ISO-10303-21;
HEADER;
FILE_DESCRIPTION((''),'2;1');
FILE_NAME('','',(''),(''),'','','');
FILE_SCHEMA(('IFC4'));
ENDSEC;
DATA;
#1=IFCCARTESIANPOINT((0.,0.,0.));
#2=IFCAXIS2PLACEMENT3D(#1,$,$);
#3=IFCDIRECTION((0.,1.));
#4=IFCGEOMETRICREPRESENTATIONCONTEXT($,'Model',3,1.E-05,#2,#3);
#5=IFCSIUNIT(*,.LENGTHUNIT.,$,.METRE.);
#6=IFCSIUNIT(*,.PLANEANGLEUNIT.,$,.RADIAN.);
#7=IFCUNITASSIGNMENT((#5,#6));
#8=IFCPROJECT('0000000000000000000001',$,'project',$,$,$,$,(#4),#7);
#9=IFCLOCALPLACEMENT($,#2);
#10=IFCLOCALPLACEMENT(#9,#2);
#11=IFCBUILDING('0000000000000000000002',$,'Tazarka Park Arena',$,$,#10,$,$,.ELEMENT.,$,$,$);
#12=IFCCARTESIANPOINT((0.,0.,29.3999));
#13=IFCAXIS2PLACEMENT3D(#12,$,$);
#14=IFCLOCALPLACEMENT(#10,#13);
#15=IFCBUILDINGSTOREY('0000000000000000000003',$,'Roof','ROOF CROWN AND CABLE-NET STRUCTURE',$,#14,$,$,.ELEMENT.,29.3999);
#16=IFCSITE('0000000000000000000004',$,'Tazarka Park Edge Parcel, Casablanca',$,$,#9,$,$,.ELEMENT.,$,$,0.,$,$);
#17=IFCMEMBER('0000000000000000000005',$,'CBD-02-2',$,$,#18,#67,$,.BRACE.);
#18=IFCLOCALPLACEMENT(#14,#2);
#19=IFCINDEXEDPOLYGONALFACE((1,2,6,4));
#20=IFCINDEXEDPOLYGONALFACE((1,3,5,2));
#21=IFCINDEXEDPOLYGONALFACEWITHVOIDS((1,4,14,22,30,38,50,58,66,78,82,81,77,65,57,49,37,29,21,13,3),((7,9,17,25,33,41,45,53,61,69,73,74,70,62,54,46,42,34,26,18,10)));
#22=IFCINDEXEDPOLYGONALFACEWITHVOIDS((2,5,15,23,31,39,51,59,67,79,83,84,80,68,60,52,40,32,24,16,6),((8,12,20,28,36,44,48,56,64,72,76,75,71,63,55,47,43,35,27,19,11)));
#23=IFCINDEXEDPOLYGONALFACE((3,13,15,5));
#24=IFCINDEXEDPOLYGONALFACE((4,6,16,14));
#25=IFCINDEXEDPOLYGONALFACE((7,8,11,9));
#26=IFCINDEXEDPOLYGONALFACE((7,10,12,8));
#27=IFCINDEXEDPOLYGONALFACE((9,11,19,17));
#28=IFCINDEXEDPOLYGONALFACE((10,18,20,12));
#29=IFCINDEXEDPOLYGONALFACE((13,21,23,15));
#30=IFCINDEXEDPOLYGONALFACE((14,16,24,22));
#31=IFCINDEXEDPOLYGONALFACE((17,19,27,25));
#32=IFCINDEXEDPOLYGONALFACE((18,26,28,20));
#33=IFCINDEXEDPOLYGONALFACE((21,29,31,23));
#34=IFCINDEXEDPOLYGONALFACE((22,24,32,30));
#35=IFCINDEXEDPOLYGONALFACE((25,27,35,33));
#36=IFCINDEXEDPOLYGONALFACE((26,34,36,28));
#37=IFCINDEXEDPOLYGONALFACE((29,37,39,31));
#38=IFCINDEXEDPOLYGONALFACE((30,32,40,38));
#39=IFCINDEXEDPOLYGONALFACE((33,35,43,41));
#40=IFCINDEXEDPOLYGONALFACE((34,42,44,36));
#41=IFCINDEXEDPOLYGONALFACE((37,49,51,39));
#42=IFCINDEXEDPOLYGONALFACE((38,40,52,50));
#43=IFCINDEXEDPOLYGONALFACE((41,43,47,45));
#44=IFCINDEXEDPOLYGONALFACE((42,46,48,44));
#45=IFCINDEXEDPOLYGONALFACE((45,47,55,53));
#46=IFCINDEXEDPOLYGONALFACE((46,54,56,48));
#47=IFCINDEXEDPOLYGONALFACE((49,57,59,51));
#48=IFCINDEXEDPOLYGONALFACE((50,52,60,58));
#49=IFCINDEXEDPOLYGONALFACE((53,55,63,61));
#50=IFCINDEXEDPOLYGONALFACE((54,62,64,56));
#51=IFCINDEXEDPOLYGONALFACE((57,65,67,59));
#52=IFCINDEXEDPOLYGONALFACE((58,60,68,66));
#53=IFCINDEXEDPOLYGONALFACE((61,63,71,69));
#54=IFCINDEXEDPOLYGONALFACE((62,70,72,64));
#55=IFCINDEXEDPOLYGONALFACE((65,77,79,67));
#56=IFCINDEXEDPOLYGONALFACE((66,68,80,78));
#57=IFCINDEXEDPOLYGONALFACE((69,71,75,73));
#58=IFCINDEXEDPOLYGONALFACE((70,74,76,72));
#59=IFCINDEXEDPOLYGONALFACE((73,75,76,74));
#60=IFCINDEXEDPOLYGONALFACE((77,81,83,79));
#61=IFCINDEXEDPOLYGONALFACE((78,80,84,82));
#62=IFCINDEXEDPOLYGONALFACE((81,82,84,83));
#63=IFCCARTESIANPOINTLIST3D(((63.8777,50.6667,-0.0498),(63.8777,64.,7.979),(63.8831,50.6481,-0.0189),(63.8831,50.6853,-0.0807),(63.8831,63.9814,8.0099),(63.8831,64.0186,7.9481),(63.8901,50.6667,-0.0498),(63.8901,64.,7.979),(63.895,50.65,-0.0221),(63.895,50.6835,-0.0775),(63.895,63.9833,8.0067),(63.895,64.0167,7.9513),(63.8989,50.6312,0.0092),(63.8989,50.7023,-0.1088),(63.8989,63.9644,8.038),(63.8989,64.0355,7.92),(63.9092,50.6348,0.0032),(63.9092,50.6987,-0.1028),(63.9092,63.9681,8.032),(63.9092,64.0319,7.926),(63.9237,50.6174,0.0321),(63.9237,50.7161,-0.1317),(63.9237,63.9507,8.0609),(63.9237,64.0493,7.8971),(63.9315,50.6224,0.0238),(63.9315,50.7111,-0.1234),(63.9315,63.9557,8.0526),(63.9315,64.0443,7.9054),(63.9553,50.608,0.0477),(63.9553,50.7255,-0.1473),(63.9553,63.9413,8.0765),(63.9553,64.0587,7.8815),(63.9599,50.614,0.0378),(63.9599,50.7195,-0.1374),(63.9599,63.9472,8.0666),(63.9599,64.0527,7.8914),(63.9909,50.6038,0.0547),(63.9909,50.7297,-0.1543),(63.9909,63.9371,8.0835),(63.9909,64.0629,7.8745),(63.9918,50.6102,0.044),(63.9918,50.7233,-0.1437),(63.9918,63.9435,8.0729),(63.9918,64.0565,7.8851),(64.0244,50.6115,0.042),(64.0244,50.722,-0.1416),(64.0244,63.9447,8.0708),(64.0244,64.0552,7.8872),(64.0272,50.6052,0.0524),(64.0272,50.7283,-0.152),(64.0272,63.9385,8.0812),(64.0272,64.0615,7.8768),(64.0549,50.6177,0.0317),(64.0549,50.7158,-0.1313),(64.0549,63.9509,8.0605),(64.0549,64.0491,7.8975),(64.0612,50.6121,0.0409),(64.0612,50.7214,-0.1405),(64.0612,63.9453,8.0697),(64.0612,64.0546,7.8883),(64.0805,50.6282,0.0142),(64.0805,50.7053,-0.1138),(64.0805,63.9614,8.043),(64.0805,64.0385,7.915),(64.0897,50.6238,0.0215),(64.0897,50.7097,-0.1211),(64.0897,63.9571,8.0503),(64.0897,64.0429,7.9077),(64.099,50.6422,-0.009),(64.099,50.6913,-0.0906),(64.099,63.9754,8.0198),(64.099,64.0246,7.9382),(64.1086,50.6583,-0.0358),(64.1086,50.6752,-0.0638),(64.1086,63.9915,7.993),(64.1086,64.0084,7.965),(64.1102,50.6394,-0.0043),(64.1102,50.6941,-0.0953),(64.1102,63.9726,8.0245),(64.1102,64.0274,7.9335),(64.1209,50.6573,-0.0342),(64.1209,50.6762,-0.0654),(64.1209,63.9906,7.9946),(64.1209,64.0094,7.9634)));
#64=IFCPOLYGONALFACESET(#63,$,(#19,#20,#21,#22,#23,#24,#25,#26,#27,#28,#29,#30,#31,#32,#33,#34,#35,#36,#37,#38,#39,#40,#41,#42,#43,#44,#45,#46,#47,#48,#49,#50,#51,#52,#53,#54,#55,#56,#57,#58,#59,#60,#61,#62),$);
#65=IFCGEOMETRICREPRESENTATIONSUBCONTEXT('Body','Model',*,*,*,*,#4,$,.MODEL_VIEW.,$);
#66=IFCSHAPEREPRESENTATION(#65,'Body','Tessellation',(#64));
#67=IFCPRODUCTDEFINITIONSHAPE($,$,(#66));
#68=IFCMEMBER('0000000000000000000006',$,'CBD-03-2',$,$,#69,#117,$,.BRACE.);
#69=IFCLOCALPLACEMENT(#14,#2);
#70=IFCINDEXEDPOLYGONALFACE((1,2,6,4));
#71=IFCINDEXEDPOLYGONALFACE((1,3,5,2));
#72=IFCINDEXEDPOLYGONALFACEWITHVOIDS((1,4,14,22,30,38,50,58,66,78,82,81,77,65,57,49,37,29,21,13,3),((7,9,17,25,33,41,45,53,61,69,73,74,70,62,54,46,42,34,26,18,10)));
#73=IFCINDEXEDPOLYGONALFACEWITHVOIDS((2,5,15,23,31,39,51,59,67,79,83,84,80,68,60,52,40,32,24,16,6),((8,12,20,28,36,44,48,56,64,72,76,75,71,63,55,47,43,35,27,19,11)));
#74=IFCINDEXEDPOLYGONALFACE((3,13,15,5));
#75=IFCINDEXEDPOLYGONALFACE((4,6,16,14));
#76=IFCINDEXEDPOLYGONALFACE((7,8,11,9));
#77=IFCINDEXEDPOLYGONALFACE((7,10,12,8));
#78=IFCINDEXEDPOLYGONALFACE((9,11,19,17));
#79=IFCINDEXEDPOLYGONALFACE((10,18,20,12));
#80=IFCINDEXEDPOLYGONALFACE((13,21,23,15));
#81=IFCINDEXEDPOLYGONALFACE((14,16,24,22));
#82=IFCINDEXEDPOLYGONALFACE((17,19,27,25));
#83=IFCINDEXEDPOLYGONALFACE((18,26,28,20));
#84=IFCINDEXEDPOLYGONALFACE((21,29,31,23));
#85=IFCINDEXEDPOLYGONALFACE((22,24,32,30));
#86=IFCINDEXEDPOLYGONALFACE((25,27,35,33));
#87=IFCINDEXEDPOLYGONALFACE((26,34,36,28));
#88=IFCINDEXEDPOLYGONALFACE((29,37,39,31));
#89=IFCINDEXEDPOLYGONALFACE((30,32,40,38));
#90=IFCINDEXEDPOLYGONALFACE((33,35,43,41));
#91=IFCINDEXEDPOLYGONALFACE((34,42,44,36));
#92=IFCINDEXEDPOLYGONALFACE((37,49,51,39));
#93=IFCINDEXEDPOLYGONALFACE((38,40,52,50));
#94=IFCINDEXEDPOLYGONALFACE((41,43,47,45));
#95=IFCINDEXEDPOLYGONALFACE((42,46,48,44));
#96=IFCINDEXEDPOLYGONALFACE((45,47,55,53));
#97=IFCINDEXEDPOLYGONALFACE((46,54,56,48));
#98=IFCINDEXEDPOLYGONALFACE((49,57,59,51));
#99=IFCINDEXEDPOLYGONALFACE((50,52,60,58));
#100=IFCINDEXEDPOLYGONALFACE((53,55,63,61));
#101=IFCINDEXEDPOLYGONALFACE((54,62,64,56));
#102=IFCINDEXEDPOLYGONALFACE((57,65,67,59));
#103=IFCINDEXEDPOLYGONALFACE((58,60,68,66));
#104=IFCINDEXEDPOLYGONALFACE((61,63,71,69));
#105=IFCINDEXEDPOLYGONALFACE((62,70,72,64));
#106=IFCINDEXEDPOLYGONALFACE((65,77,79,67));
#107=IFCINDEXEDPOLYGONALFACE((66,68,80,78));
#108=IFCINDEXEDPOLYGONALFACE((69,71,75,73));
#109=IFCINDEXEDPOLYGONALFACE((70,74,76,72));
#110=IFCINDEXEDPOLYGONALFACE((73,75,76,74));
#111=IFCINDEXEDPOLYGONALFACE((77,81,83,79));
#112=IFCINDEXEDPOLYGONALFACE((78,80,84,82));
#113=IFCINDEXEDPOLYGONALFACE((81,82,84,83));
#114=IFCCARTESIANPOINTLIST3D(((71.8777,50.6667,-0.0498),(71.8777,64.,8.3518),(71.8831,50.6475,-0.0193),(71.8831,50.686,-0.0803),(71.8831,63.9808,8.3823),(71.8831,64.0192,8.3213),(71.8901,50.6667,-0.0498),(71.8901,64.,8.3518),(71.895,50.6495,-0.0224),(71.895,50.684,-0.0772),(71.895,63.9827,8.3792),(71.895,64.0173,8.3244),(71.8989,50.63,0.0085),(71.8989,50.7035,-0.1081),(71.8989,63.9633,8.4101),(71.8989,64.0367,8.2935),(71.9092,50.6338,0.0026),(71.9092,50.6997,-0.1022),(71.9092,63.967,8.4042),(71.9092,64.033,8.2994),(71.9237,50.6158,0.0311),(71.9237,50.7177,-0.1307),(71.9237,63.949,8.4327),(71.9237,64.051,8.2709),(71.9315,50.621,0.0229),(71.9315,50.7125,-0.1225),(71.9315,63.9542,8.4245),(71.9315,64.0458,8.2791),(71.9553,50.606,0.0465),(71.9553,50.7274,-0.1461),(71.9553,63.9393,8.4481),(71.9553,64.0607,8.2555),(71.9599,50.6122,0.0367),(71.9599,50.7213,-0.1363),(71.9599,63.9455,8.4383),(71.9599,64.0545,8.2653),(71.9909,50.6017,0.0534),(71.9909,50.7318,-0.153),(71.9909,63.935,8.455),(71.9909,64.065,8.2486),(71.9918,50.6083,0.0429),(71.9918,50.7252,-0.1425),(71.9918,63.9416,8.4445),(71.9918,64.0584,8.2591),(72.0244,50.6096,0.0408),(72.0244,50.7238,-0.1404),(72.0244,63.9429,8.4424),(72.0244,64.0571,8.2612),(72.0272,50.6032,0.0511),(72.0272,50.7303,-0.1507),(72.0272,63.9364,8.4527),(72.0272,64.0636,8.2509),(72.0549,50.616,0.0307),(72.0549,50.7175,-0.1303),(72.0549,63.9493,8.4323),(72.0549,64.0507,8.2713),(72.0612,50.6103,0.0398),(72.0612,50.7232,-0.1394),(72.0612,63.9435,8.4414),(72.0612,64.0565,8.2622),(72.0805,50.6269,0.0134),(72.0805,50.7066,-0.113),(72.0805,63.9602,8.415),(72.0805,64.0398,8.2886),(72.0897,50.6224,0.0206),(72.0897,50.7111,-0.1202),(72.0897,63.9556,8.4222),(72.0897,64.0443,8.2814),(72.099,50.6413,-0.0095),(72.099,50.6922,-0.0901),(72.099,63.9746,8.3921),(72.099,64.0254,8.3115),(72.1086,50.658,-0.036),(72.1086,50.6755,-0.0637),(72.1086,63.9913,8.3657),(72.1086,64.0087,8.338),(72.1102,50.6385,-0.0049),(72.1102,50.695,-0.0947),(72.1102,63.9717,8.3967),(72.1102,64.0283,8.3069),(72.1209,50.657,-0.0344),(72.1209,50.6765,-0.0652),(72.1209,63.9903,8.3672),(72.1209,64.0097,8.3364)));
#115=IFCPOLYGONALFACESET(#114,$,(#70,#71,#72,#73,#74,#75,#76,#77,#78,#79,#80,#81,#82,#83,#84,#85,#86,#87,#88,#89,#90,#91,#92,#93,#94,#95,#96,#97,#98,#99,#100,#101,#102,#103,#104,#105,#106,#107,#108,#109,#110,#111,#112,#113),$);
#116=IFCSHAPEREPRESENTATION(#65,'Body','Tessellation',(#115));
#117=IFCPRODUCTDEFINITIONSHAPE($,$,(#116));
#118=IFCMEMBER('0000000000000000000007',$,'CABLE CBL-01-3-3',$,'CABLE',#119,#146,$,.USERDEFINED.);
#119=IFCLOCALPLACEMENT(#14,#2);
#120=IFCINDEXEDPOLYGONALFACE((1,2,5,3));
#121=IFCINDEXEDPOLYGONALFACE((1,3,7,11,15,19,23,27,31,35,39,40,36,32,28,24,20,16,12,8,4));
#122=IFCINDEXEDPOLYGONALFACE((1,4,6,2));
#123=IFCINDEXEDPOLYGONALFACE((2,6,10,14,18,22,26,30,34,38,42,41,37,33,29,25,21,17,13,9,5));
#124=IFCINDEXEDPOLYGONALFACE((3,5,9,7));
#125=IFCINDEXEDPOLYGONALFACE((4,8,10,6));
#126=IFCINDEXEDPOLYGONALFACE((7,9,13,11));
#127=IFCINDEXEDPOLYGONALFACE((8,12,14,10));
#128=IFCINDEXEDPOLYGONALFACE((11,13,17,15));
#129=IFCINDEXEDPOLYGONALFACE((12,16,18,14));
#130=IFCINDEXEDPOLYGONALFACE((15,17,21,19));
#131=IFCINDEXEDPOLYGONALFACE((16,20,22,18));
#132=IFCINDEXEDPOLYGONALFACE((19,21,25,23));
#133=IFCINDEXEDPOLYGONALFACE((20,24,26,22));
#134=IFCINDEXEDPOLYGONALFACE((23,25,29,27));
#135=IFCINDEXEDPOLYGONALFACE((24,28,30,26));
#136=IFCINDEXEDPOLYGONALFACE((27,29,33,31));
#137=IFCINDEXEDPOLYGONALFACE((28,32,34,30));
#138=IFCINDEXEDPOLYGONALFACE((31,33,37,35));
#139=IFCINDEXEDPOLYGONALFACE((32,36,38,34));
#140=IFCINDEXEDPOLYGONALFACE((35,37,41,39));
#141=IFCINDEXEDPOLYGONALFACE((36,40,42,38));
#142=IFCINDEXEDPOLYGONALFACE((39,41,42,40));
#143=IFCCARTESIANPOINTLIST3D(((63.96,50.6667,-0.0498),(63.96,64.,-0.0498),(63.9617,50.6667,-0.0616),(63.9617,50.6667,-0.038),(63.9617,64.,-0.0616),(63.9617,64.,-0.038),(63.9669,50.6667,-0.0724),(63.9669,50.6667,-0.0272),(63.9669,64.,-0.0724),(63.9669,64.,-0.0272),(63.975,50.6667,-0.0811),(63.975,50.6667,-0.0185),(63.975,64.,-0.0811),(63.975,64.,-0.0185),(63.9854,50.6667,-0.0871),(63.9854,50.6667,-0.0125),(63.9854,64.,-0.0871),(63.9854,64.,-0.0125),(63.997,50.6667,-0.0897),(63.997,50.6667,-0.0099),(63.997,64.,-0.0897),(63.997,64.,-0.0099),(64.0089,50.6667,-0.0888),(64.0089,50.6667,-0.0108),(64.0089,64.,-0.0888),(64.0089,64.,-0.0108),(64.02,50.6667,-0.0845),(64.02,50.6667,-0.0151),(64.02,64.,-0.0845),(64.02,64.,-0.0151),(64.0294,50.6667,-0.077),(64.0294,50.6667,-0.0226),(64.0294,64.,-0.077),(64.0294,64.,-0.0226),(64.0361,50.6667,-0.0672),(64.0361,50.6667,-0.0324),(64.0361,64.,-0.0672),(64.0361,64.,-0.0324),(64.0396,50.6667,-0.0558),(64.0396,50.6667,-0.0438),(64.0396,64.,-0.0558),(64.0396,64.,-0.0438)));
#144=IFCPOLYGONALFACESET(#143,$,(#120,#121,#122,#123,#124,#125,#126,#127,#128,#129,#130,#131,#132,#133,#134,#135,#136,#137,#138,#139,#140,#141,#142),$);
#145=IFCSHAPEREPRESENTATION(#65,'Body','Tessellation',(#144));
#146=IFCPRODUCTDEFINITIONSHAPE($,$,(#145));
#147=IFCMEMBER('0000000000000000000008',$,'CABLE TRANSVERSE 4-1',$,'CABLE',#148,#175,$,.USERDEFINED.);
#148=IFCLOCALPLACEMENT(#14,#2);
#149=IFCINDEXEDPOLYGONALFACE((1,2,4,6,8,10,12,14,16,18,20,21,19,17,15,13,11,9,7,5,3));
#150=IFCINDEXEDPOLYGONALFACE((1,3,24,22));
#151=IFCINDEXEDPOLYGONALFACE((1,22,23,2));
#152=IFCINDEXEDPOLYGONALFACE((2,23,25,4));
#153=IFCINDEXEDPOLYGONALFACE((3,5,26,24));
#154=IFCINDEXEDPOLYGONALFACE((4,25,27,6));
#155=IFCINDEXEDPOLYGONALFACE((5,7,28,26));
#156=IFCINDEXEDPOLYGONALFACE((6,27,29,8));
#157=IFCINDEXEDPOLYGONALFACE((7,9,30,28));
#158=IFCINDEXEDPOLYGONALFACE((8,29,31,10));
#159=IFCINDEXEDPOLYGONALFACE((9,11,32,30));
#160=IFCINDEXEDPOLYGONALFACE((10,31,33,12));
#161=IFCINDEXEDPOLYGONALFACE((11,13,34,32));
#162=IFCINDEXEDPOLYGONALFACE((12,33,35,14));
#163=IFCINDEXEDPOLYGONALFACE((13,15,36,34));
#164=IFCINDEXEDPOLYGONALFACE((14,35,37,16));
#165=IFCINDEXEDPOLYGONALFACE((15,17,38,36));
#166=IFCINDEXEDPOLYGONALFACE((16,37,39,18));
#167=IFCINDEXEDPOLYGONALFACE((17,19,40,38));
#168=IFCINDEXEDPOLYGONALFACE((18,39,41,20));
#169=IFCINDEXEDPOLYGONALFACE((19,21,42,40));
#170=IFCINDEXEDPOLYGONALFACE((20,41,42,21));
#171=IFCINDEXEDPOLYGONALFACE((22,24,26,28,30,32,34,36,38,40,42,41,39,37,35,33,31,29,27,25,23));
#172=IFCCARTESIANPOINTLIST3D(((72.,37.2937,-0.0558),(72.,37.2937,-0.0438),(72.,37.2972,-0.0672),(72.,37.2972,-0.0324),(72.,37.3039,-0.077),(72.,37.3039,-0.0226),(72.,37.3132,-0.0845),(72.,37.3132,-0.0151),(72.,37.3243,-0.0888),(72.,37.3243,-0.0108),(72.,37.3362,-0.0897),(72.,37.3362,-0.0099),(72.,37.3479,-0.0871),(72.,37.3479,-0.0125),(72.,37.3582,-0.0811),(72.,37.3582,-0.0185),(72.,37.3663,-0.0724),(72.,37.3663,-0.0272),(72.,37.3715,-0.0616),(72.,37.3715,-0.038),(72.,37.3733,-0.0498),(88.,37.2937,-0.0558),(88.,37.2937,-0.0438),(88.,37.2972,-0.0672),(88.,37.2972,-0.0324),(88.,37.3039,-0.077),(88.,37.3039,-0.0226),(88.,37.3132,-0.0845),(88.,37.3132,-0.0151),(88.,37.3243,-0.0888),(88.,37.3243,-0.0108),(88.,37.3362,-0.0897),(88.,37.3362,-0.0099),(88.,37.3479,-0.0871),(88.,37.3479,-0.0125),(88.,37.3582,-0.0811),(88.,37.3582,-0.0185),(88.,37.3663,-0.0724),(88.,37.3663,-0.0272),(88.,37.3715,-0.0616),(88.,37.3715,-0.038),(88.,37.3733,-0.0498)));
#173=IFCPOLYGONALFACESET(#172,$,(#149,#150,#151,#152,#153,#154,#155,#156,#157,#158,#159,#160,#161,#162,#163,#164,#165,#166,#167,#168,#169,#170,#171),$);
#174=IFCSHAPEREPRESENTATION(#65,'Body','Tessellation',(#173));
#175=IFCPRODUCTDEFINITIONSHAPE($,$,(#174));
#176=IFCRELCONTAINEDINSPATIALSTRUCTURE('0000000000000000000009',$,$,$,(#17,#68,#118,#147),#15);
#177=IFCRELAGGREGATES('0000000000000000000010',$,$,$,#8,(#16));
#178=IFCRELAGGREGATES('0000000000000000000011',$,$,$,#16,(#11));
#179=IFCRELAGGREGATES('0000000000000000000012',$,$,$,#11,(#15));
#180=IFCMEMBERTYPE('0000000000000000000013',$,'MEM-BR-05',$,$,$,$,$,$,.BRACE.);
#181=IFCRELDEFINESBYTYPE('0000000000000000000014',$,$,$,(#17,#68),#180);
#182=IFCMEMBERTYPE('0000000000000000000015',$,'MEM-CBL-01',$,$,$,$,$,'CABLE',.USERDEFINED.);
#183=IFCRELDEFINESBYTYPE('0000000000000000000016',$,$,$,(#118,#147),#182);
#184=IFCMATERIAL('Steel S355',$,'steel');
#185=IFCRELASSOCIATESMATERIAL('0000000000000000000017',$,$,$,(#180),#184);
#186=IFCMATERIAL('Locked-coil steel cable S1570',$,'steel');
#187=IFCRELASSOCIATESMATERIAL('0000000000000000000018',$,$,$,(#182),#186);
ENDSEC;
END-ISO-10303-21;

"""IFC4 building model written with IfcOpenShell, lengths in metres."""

from ifc_helpers import new_model, si_unit, direction, frame, origin, origin_2d, place, context, subcontext, project, spatial, circle, hollow_circle, extrude, material, material_profile, profile_set, type_object, element, save


model = new_model("IFC4")

# Units and contexts
model_context = context("Model", 3, precision=1e-05, world=origin(), true_north=direction((0.0, 1.0)))
body_context = subcontext(model_context, "Body", "Model", "MODEL_VIEW")
ifc_project = project(units=[si_unit("LENGTHUNIT", "METRE"), si_unit("PLANEANGLEUNIT", "RADIAN")], contexts=[model_context])

# Site, building, storey
site_placement = place(None, origin())
site = spatial("IfcSite", under=ifc_project, at=site_placement, Name="Tazarka Park Edge Parcel, Casablanca", CompositionType="ELEMENT", RefElevation=0.0)
building_placement = place(site_placement, origin())
building = spatial("IfcBuilding", under=site, at=building_placement, Name="Tazarka Park Arena", CompositionType="ELEMENT")
storey_placement = place(building_placement, frame((0.0, 0.0, 29.3999)))
storey = spatial("IfcBuildingStorey", under=building, at=storey_placement, Name="Roof", Description="ROOF CROWN AND CABLE-NET STRUCTURE", CompositionType="ELEMENT", Elevation=29.3999)

# Members
ifc_material_1 = material(Name="Steel S355", Category="steel")
ifc_material_profile_1 = material_profile(ifc_material_1, hollow_circle(Radius=0.1223, WallThickness=0.0125, at=origin_2d()), Name="Steel S355")
ifc_profile_set_1 = profile_set([ifc_material_profile_1], Name="Steel S355")
member_type_1 = type_object("IfcMemberType", Name="MEM-BR-05", PredefinedType="BRACE", material=ifc_profile_set_1)
member_1_placement = place(storey_placement, frame((64.0, 50.6667, -0.0498), z_axis=(0.0, 0.856674, 0.515858), x_axis=(-1.0, 0.0, 0.0)))
element("IfcMember", 1, at=member_1_placement, inside=storey, type_object=member_type_1, Name="CBD-02-2", PredefinedType="BRACE", context=body_context, shape_type="SweptSolid", body=[
    extrude(hollow_circle(Radius=0.1223, WallThickness=0.0125, at=origin_2d()), origin(), (0.0, 0.0, 1.0), 15.564),
])
member_2_placement = place(storey_placement, frame((72.0, 50.6667, -0.0498), z_axis=(0.0, 0.846044, 0.533113), x_axis=(-1.0, 0.0, 0.0)))
element("IfcMember", 2, at=member_2_placement, inside=storey, type_object=member_type_1, Name="CBD-03-2", PredefinedType="BRACE", context=body_context, shape_type="SweptSolid", body=[
    extrude(hollow_circle(Radius=0.1223, WallThickness=0.0125, at=origin_2d()), origin(), (0.0, 0.0, 1.0), 15.7595),
])
ifc_material_2 = material(Name="Locked-coil steel cable S1570", Category="steel")
ifc_material_profile_2 = material_profile(ifc_material_2, circle(Radius=0.04, at=origin_2d()), Name="Locked-coil steel cable S1570")
ifc_profile_set_2 = profile_set([ifc_material_profile_2], Name="Locked-coil steel cable S1570")
member_type_2 = type_object("IfcMemberType", Name="MEM-CBL-01", ElementType="CABLE", PredefinedType="USERDEFINED", material=ifc_profile_set_2)
member_3_placement = place(storey_placement, frame((64.0, 50.6667, -0.0498), z_axis=(0.0, 1.0, 0.0), x_axis=(-1.0, 0.0, 0.0)))
element("IfcMember", 3, at=member_3_placement, inside=storey, type_object=member_type_2, Name="CABLE CBL-01-3-3", ObjectType="CABLE", PredefinedType="USERDEFINED", context=body_context, shape_type="SweptSolid", body=[
    extrude(circle(Radius=0.04, at=origin_2d()), origin(), (0.0, 0.0, 1.0), 13.3333),
])
member_4_placement = place(storey_placement, frame((72.0, 37.3333, -0.0498), z_axis=(1.0, 0.0, 0.0), x_axis=(0.0, 1.0, 0.0)))
element("IfcMember", 4, at=member_4_placement, inside=storey, type_object=member_type_2, Name="CABLE TRANSVERSE 4-1", ObjectType="CABLE", PredefinedType="USERDEFINED", context=body_context, shape_type="SweptSolid", body=[
    extrude(circle(Radius=0.04, at=origin_2d()), origin(), (0.0, 0.0, 1.0), 16.0),
])

save(model, "model.ifc")
